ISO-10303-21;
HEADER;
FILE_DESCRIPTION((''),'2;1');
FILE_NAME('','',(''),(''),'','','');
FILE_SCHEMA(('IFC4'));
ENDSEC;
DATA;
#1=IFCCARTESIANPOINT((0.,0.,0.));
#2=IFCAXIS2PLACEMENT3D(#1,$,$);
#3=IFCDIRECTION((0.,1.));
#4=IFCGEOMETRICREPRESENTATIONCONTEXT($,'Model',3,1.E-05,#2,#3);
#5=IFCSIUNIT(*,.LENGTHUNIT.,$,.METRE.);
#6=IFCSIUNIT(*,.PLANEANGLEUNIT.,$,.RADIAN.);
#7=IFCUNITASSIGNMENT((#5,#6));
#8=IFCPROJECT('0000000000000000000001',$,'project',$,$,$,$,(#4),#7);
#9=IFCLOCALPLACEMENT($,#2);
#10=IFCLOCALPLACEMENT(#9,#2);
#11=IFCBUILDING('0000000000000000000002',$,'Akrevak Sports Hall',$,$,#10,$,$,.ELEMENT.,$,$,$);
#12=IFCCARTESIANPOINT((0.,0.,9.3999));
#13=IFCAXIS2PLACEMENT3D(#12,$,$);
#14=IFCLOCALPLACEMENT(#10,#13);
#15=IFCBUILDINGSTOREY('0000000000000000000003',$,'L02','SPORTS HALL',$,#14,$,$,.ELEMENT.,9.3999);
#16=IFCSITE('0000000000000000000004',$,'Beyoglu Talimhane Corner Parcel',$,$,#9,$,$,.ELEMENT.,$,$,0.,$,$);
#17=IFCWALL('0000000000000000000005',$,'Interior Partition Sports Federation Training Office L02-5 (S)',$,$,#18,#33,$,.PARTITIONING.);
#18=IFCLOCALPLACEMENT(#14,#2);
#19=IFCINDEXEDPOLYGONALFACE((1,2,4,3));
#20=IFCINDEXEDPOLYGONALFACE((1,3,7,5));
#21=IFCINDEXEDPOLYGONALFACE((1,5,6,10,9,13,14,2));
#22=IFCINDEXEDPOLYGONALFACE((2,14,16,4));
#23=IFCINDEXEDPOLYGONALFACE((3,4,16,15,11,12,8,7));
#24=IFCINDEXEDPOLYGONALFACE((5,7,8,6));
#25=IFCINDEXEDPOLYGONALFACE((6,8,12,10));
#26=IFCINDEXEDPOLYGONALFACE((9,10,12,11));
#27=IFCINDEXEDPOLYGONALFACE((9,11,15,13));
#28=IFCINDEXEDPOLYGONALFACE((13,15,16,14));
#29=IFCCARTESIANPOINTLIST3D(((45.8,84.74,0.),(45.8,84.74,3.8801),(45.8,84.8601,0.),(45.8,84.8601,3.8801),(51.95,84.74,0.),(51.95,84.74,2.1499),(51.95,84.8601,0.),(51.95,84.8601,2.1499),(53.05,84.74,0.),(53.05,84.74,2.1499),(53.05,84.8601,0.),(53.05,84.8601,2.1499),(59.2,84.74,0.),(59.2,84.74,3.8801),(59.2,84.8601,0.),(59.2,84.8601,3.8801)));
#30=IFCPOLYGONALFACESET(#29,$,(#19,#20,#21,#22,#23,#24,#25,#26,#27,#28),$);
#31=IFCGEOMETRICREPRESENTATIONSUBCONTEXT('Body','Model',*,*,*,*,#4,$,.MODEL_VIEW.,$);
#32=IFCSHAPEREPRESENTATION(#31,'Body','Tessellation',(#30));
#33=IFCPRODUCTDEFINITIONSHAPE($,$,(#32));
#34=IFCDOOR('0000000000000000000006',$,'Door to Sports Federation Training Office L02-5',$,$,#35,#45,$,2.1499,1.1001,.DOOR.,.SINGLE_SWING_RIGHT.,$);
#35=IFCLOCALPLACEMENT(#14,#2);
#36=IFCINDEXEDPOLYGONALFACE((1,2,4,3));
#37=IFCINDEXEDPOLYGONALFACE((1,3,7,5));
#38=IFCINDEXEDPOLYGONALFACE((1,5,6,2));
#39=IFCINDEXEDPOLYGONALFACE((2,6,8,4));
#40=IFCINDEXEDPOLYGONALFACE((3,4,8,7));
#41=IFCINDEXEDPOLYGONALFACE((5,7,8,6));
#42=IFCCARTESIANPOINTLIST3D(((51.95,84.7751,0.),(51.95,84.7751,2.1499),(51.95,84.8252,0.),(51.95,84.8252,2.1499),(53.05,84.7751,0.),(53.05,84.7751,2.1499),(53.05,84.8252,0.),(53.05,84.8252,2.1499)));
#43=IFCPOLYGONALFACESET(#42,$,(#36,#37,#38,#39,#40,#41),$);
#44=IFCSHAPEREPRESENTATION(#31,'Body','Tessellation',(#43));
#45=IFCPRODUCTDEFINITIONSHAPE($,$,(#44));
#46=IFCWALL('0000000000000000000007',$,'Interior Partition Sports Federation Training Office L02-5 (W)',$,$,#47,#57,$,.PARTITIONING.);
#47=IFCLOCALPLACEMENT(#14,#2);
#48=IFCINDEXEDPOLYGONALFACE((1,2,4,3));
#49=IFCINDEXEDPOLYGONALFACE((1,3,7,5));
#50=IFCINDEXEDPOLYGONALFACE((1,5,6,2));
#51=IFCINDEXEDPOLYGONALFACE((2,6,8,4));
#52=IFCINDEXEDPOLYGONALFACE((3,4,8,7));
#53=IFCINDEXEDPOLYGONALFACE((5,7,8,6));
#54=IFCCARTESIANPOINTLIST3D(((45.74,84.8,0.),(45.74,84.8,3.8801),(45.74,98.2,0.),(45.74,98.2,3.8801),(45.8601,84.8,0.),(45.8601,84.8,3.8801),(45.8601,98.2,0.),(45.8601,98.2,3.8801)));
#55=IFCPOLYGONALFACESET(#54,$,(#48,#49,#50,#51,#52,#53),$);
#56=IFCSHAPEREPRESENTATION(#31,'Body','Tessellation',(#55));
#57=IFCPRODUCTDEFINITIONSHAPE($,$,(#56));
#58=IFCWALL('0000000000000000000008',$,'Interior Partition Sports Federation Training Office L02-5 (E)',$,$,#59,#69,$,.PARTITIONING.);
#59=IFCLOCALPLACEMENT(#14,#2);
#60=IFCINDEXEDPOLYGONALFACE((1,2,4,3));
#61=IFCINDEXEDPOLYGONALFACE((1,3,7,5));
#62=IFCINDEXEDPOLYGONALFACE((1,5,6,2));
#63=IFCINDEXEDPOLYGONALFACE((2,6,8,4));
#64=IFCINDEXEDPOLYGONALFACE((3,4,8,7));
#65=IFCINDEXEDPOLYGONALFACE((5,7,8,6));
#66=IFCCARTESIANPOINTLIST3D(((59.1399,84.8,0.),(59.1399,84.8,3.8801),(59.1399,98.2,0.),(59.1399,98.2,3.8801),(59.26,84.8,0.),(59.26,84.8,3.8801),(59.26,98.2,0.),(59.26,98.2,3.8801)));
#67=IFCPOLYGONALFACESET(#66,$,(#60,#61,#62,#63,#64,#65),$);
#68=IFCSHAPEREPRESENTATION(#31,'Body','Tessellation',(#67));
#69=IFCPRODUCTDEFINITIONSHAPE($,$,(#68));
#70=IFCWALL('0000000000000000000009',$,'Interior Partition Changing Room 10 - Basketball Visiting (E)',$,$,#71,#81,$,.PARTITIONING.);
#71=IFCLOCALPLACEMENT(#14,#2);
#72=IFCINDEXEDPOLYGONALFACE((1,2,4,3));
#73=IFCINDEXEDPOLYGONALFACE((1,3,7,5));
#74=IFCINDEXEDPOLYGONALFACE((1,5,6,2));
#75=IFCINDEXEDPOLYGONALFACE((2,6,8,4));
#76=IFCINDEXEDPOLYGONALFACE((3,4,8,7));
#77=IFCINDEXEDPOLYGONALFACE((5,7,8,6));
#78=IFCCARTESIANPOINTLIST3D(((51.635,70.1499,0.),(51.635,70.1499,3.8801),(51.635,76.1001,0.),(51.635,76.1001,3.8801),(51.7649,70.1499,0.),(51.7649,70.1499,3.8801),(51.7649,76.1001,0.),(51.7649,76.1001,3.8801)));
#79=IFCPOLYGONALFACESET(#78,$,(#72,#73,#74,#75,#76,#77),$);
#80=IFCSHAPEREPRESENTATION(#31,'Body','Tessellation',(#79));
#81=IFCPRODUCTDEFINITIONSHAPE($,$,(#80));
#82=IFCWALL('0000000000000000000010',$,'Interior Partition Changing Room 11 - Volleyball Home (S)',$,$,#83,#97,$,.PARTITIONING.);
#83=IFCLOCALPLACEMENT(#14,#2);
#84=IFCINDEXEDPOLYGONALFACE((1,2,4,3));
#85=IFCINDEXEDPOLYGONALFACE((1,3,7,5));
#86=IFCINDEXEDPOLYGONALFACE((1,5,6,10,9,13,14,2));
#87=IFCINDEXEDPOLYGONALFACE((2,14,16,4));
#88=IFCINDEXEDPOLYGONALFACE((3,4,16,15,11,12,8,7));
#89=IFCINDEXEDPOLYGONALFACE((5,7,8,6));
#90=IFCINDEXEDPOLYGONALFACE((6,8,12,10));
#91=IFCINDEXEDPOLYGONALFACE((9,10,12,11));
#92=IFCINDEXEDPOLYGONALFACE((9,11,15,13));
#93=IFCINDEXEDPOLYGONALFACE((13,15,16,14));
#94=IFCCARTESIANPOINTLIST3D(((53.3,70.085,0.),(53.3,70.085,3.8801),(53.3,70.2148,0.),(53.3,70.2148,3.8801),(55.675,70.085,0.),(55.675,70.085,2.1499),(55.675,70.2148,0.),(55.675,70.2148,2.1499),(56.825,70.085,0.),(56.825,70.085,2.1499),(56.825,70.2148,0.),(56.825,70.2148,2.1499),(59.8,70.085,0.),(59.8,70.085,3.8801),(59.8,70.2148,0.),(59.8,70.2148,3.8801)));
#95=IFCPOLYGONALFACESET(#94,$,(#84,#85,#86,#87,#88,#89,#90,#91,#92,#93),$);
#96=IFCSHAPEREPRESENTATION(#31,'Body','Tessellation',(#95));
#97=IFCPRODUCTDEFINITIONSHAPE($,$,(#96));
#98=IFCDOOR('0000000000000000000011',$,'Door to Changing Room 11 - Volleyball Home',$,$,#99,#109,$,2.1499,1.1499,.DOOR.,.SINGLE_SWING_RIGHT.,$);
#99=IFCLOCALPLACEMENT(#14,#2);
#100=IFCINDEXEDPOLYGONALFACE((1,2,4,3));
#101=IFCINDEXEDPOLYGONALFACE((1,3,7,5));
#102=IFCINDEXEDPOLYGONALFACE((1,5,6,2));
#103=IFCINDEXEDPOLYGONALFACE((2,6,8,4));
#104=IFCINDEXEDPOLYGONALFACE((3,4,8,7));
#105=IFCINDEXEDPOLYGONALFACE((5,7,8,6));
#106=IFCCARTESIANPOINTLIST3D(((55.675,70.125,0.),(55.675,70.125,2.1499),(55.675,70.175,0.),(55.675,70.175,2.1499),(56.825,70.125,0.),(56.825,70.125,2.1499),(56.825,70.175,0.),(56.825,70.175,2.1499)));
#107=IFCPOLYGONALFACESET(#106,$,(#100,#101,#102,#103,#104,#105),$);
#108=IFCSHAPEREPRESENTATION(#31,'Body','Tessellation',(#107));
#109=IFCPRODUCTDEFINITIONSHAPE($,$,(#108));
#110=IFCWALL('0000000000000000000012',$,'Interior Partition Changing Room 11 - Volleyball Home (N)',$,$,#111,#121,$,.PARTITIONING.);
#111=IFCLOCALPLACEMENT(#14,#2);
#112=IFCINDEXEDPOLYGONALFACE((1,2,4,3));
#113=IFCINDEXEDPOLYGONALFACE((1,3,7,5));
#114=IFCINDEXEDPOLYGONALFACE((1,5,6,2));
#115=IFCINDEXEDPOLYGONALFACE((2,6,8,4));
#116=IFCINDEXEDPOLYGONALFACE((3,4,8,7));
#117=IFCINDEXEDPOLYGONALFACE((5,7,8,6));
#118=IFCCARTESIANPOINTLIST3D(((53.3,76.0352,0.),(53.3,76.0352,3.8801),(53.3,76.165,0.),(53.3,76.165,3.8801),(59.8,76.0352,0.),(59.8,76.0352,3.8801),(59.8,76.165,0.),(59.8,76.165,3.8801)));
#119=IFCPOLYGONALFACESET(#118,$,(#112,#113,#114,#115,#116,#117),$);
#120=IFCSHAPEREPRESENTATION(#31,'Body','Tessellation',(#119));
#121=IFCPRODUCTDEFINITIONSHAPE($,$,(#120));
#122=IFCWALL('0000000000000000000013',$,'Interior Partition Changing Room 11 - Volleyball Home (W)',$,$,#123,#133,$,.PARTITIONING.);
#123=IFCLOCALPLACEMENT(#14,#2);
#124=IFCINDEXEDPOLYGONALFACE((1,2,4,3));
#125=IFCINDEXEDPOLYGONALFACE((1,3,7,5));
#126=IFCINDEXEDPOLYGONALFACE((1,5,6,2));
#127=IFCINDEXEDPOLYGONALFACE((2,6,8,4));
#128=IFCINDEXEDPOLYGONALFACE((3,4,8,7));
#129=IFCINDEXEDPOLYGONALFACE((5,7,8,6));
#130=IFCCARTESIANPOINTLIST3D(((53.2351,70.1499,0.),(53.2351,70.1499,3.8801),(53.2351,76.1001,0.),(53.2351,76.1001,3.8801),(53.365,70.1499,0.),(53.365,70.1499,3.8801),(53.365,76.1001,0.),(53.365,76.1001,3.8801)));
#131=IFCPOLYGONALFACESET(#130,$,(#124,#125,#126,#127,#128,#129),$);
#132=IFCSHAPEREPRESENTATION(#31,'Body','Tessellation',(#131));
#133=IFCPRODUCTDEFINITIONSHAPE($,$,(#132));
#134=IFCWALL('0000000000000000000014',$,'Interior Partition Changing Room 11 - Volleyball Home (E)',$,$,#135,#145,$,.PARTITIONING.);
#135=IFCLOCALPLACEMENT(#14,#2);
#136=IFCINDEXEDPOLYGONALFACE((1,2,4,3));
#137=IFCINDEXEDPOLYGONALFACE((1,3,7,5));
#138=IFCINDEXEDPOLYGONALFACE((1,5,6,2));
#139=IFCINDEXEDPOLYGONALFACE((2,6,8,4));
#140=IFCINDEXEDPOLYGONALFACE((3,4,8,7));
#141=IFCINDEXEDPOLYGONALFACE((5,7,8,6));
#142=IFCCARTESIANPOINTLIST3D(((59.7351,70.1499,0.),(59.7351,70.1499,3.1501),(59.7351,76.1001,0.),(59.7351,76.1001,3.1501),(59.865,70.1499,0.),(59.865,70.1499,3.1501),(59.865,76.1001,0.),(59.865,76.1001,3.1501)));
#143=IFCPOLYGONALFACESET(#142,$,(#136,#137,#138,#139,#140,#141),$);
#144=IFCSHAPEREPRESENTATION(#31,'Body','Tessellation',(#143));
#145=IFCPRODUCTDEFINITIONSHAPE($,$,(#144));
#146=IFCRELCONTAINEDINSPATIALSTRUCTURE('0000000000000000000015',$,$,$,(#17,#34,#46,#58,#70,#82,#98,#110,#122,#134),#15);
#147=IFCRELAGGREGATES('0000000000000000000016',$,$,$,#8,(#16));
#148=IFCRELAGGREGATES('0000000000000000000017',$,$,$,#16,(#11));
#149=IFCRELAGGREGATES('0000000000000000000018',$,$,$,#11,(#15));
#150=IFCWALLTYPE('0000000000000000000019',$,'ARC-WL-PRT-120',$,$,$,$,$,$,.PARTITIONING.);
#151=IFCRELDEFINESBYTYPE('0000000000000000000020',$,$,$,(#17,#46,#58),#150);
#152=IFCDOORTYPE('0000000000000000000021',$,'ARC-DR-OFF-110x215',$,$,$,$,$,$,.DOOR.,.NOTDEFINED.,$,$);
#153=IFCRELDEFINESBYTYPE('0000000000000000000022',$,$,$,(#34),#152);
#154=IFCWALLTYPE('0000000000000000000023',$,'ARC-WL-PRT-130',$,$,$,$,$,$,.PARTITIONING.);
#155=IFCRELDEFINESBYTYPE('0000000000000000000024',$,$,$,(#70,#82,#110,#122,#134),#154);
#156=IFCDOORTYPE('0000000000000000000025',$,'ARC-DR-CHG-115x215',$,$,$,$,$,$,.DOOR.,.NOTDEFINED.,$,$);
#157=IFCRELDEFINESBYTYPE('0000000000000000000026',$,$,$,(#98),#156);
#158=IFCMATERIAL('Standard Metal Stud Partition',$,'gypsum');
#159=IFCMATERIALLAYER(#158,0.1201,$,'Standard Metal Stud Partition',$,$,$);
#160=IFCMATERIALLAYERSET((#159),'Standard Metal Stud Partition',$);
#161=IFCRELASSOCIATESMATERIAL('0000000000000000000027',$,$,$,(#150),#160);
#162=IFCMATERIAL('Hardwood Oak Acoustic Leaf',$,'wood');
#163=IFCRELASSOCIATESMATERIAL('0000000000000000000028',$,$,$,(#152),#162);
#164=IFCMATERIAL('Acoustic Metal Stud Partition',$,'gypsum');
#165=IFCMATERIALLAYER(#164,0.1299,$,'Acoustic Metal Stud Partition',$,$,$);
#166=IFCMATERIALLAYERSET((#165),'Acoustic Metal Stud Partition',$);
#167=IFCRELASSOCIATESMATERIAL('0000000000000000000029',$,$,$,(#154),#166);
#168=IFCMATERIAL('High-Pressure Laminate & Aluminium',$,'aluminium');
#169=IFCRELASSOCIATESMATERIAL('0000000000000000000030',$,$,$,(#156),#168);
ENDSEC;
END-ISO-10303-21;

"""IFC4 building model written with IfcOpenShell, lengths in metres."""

from ifc_helpers import new_model, si_unit, direction, frame, frame_2d, origin, place, context, subcontext, project, spatial, rectangle, extrude, material, layer, layer_set, type_object, element, fill, save


model = new_model("IFC4")

# Units and contexts
model_context = context("Model", 3, precision=1e-05, world=origin(), true_north=direction((0.0, 1.0)))
body_context = subcontext(model_context, "Body", "Model", "MODEL_VIEW")
ifc_project = project(units=[si_unit("LENGTHUNIT", "METRE"), si_unit("PLANEANGLEUNIT", "RADIAN")], contexts=[model_context])

# Site, building, storey
site_placement = place(None, origin())
site = spatial("IfcSite", under=ifc_project, at=site_placement, Name="Beyoglu Talimhane Corner Parcel", CompositionType="ELEMENT", RefElevation=0.0)
building_placement = place(site_placement, origin())
building = spatial("IfcBuilding", under=site, at=building_placement, Name="Akrevak Sports Hall", CompositionType="ELEMENT")
storey_placement = place(building_placement, frame((0.0, 0.0, 9.3999)))
storey = spatial("IfcBuildingStorey", under=building, at=storey_placement, Name="L02", Description="SPORTS HALL", CompositionType="ELEMENT", Elevation=9.3999)

# Wall, opening, door
ifc_material_1 = material(Name="Standard Metal Stud Partition", Category="gypsum")
ifc_layer_1 = layer(ifc_material_1, 0.1201, Name="Standard Metal Stud Partition")
ifc_layer_set_1 = layer_set([ifc_layer_1], Name="Standard Metal Stud Partition")
wall_type_1 = type_object("IfcWallType", Name="ARC-WL-PRT-120", PredefinedType="PARTITIONING", material=ifc_layer_set_1)
wall_1_placement = place(storey_placement, frame((45.8, 84.8, 0.0), z_axis=(0.0, 0.0, 1.0), x_axis=(1.0, 0.0, 0.0)))
wall_1 = element("IfcWall", 1, at=wall_1_placement, inside=storey, type_object=wall_type_1, Name="Interior Partition Sports Federation Training Office L02-5 (S)", PredefinedType="PARTITIONING", context=body_context, shape_type="SweptSolid", body=[
    extrude(rectangle(XDim=13.3999, YDim=0.1201, at=frame_2d((6.7, 0.0))), origin(), (0.0, 0.0, 1.0), 3.8801),
])
opening_1_placement = place(wall_1_placement, frame((6.1499, 0.0, 0.0)))
opening_1 = element("IfcOpeningElement", 2, at=opening_1_placement, cuts=wall_1, PredefinedType="OPENING", context=body_context, shape_type="SweptSolid", body=[
    extrude(rectangle(XDim=1.1001, YDim=2.1499, at=frame_2d((0.55, 1.075))), frame((0.0, 0.072, 0.0), z_axis=(0.0, -1.0, 0.0), x_axis=(1.0, 0.0, 0.0)), (0.0, 0.0, 1.0), 0.144),
])
ifc_material_2 = material(Name="Hardwood Oak Acoustic Leaf", Category="wood")
door_type_1 = type_object("IfcDoorType", Name="ARC-DR-OFF-110x215", OperationType="NOTDEFINED", PredefinedType="DOOR", material=ifc_material_2)
door_1_placement = place(opening_1_placement, frame((1.1001, 0.0, 0.0), z_axis=(0.0, 0.0, 1.0), x_axis=(-1.0, 0.0, 0.0)))
door_1 = element("IfcDoor", 3, at=door_1_placement, inside=storey, type_object=door_type_1, Name="Door to Sports Federation Training Office L02-5", OperationType="SINGLE_SWING_RIGHT", OverallHeight=2.1499, OverallWidth=1.1001, PredefinedType="DOOR", context=body_context, shape_type="SweptSolid", body=[
    extrude(rectangle(XDim=1.1001, YDim=2.1499, at=frame_2d((0.55, 1.075))), frame((0.0, 0.0249, 0.0), z_axis=(0.0, -1.0, 0.0), x_axis=(1.0, 0.0, 0.0)), (0.0, 0.0, 1.0), 0.05),
])
fill(opening_1, door_1)

# Walls
for number, where, z_axis, x_axis, name in (
    (4, (45.8, 84.8, 0.0), (0.0, 0.0, 1.0), (0.0, 1.0, 0.0), "Interior Partition Sports Federation Training Office L02-5 (W)"),
    (5, (59.2, 84.8, 0.0), (0.0, 0.0, 1.0), (0.0, 1.0, 0.0), "Interior Partition Sports Federation Training Office L02-5 (E)"),
):
    element("IfcWall", number, at=place(storey_placement, frame(where, z_axis=z_axis, x_axis=x_axis)), inside=storey, type_object=wall_type_1, Name=name, PredefinedType="PARTITIONING", context=body_context, shape_type="SweptSolid", body=[
        extrude(rectangle(XDim=13.3999, YDim=0.1201, at=frame_2d((6.7, 0.0))), origin(), (0.0, 0.0, 1.0), 3.8801),
    ])
ifc_material_3 = material(Name="Acoustic Metal Stud Partition", Category="gypsum")
ifc_layer_2 = layer(ifc_material_3, 0.1299, Name="Acoustic Metal Stud Partition")
ifc_layer_set_2 = layer_set([ifc_layer_2], Name="Acoustic Metal Stud Partition")
wall_type_2 = type_object("IfcWallType", Name="ARC-WL-PRT-130", PredefinedType="PARTITIONING", material=ifc_layer_set_2)
wall_2_placement = place(storey_placement, frame((51.7, 70.1499, 0.0), z_axis=(0.0, 0.0, 1.0), x_axis=(0.0, 1.0, 0.0)))
element("IfcWall", 6, at=wall_2_placement, inside=storey, type_object=wall_type_2, Name="Interior Partition Changing Room 10 - Basketball Visiting (E)", PredefinedType="PARTITIONING", context=body_context, shape_type="SweptSolid", body=[
    extrude(rectangle(XDim=5.9502, YDim=0.1299, at=frame_2d((2.9751, 0.0))), origin(), (0.0, 0.0, 1.0), 3.8801),
])

# Wall, opening, door
wall_3_placement = place(storey_placement, frame((53.3, 70.1499, 0.0), z_axis=(0.0, 0.0, 1.0), x_axis=(1.0, 0.0, 0.0)))
wall_3 = element("IfcWall", 7, at=wall_3_placement, inside=storey, type_object=wall_type_2, Name="Interior Partition Changing Room 11 - Volleyball Home (S)", PredefinedType="PARTITIONING", context=body_context, shape_type="SweptSolid", body=[
    extrude(rectangle(XDim=6.5, YDim=0.1299, at=frame_2d((3.25, 0.0))), origin(), (0.0, 0.0, 1.0), 3.8801),
])
opening_2_placement = place(wall_3_placement, frame((2.375, 0.0, 0.0)))
opening_2 = element("IfcOpeningElement", 8, at=opening_2_placement, cuts=wall_3, PredefinedType="OPENING", context=body_context, shape_type="SweptSolid", body=[
    extrude(rectangle(XDim=1.1499, YDim=2.1499, at=frame_2d((0.575, 1.075))), frame((0.0, 0.0769, 0.0), z_axis=(0.0, -1.0, 0.0), x_axis=(1.0, 0.0, 0.0)), (0.0, 0.0, 1.0), 0.1538),
])
ifc_material_4 = material(Name="High-Pressure Laminate & Aluminium", Category="aluminium")
door_type_2 = type_object("IfcDoorType", Name="ARC-DR-CHG-115x215", OperationType="NOTDEFINED", PredefinedType="DOOR", material=ifc_material_4)
door_2_placement = place(opening_2_placement, frame((1.1499, 0.0, 0.0), z_axis=(0.0, 0.0, 1.0), x_axis=(-1.0, 0.0, 0.0)))
door_2 = element("IfcDoor", 9, at=door_2_placement, inside=storey, type_object=door_type_2, Name="Door to Changing Room 11 - Volleyball Home", OperationType="SINGLE_SWING_RIGHT", OverallHeight=2.1499, OverallWidth=1.1499, PredefinedType="DOOR", context=body_context, shape_type="SweptSolid", body=[
    extrude(rectangle(XDim=1.1499, YDim=2.1499, at=frame_2d((0.575, 1.075))), frame((0.0, 0.0249, 0.0), z_axis=(0.0, -1.0, 0.0), x_axis=(1.0, 0.0, 0.0)), (0.0, 0.0, 1.0), 0.05),
])
fill(opening_2, door_2)

# Walls
wall_4_placement = place(storey_placement, frame((53.3, 76.1001, 0.0), z_axis=(0.0, 0.0, 1.0), x_axis=(1.0, 0.0, 0.0)))
element("IfcWall", 10, at=wall_4_placement, inside=storey, type_object=wall_type_2, Name="Interior Partition Changing Room 11 - Volleyball Home (N)", PredefinedType="PARTITIONING", context=body_context, shape_type="SweptSolid", body=[
    extrude(rectangle(XDim=6.5, YDim=0.1299, at=frame_2d((3.25, 0.0))), origin(), (0.0, 0.0, 1.0), 3.8801),
])
wall_5_placement = place(storey_placement, frame((53.3, 70.1499, 0.0), z_axis=(0.0, 0.0, 1.0), x_axis=(0.0, 1.0, 0.0)))
element("IfcWall", 11, at=wall_5_placement, inside=storey, type_object=wall_type_2, Name="Interior Partition Changing Room 11 - Volleyball Home (W)", PredefinedType="PARTITIONING", context=body_context, shape_type="SweptSolid", body=[
    extrude(rectangle(XDim=5.9502, YDim=0.1299, at=frame_2d((2.9751, 0.0))), origin(), (0.0, 0.0, 1.0), 3.8801),
])
wall_6_placement = place(storey_placement, frame((59.8, 70.1499, 0.0), z_axis=(0.0, 0.0, 1.0), x_axis=(0.0, 1.0, 0.0)))
element("IfcWall", 12, at=wall_6_placement, inside=storey, type_object=wall_type_2, Name="Interior Partition Changing Room 11 - Volleyball Home (E)", PredefinedType="PARTITIONING", context=body_context, shape_type="SweptSolid", body=[
    extrude(rectangle(XDim=5.9502, YDim=0.1299, at=frame_2d((2.9751, 0.0))), origin(), (0.0, 0.0, 1.0), 3.1501),
])

save(model, "model.ifc")
